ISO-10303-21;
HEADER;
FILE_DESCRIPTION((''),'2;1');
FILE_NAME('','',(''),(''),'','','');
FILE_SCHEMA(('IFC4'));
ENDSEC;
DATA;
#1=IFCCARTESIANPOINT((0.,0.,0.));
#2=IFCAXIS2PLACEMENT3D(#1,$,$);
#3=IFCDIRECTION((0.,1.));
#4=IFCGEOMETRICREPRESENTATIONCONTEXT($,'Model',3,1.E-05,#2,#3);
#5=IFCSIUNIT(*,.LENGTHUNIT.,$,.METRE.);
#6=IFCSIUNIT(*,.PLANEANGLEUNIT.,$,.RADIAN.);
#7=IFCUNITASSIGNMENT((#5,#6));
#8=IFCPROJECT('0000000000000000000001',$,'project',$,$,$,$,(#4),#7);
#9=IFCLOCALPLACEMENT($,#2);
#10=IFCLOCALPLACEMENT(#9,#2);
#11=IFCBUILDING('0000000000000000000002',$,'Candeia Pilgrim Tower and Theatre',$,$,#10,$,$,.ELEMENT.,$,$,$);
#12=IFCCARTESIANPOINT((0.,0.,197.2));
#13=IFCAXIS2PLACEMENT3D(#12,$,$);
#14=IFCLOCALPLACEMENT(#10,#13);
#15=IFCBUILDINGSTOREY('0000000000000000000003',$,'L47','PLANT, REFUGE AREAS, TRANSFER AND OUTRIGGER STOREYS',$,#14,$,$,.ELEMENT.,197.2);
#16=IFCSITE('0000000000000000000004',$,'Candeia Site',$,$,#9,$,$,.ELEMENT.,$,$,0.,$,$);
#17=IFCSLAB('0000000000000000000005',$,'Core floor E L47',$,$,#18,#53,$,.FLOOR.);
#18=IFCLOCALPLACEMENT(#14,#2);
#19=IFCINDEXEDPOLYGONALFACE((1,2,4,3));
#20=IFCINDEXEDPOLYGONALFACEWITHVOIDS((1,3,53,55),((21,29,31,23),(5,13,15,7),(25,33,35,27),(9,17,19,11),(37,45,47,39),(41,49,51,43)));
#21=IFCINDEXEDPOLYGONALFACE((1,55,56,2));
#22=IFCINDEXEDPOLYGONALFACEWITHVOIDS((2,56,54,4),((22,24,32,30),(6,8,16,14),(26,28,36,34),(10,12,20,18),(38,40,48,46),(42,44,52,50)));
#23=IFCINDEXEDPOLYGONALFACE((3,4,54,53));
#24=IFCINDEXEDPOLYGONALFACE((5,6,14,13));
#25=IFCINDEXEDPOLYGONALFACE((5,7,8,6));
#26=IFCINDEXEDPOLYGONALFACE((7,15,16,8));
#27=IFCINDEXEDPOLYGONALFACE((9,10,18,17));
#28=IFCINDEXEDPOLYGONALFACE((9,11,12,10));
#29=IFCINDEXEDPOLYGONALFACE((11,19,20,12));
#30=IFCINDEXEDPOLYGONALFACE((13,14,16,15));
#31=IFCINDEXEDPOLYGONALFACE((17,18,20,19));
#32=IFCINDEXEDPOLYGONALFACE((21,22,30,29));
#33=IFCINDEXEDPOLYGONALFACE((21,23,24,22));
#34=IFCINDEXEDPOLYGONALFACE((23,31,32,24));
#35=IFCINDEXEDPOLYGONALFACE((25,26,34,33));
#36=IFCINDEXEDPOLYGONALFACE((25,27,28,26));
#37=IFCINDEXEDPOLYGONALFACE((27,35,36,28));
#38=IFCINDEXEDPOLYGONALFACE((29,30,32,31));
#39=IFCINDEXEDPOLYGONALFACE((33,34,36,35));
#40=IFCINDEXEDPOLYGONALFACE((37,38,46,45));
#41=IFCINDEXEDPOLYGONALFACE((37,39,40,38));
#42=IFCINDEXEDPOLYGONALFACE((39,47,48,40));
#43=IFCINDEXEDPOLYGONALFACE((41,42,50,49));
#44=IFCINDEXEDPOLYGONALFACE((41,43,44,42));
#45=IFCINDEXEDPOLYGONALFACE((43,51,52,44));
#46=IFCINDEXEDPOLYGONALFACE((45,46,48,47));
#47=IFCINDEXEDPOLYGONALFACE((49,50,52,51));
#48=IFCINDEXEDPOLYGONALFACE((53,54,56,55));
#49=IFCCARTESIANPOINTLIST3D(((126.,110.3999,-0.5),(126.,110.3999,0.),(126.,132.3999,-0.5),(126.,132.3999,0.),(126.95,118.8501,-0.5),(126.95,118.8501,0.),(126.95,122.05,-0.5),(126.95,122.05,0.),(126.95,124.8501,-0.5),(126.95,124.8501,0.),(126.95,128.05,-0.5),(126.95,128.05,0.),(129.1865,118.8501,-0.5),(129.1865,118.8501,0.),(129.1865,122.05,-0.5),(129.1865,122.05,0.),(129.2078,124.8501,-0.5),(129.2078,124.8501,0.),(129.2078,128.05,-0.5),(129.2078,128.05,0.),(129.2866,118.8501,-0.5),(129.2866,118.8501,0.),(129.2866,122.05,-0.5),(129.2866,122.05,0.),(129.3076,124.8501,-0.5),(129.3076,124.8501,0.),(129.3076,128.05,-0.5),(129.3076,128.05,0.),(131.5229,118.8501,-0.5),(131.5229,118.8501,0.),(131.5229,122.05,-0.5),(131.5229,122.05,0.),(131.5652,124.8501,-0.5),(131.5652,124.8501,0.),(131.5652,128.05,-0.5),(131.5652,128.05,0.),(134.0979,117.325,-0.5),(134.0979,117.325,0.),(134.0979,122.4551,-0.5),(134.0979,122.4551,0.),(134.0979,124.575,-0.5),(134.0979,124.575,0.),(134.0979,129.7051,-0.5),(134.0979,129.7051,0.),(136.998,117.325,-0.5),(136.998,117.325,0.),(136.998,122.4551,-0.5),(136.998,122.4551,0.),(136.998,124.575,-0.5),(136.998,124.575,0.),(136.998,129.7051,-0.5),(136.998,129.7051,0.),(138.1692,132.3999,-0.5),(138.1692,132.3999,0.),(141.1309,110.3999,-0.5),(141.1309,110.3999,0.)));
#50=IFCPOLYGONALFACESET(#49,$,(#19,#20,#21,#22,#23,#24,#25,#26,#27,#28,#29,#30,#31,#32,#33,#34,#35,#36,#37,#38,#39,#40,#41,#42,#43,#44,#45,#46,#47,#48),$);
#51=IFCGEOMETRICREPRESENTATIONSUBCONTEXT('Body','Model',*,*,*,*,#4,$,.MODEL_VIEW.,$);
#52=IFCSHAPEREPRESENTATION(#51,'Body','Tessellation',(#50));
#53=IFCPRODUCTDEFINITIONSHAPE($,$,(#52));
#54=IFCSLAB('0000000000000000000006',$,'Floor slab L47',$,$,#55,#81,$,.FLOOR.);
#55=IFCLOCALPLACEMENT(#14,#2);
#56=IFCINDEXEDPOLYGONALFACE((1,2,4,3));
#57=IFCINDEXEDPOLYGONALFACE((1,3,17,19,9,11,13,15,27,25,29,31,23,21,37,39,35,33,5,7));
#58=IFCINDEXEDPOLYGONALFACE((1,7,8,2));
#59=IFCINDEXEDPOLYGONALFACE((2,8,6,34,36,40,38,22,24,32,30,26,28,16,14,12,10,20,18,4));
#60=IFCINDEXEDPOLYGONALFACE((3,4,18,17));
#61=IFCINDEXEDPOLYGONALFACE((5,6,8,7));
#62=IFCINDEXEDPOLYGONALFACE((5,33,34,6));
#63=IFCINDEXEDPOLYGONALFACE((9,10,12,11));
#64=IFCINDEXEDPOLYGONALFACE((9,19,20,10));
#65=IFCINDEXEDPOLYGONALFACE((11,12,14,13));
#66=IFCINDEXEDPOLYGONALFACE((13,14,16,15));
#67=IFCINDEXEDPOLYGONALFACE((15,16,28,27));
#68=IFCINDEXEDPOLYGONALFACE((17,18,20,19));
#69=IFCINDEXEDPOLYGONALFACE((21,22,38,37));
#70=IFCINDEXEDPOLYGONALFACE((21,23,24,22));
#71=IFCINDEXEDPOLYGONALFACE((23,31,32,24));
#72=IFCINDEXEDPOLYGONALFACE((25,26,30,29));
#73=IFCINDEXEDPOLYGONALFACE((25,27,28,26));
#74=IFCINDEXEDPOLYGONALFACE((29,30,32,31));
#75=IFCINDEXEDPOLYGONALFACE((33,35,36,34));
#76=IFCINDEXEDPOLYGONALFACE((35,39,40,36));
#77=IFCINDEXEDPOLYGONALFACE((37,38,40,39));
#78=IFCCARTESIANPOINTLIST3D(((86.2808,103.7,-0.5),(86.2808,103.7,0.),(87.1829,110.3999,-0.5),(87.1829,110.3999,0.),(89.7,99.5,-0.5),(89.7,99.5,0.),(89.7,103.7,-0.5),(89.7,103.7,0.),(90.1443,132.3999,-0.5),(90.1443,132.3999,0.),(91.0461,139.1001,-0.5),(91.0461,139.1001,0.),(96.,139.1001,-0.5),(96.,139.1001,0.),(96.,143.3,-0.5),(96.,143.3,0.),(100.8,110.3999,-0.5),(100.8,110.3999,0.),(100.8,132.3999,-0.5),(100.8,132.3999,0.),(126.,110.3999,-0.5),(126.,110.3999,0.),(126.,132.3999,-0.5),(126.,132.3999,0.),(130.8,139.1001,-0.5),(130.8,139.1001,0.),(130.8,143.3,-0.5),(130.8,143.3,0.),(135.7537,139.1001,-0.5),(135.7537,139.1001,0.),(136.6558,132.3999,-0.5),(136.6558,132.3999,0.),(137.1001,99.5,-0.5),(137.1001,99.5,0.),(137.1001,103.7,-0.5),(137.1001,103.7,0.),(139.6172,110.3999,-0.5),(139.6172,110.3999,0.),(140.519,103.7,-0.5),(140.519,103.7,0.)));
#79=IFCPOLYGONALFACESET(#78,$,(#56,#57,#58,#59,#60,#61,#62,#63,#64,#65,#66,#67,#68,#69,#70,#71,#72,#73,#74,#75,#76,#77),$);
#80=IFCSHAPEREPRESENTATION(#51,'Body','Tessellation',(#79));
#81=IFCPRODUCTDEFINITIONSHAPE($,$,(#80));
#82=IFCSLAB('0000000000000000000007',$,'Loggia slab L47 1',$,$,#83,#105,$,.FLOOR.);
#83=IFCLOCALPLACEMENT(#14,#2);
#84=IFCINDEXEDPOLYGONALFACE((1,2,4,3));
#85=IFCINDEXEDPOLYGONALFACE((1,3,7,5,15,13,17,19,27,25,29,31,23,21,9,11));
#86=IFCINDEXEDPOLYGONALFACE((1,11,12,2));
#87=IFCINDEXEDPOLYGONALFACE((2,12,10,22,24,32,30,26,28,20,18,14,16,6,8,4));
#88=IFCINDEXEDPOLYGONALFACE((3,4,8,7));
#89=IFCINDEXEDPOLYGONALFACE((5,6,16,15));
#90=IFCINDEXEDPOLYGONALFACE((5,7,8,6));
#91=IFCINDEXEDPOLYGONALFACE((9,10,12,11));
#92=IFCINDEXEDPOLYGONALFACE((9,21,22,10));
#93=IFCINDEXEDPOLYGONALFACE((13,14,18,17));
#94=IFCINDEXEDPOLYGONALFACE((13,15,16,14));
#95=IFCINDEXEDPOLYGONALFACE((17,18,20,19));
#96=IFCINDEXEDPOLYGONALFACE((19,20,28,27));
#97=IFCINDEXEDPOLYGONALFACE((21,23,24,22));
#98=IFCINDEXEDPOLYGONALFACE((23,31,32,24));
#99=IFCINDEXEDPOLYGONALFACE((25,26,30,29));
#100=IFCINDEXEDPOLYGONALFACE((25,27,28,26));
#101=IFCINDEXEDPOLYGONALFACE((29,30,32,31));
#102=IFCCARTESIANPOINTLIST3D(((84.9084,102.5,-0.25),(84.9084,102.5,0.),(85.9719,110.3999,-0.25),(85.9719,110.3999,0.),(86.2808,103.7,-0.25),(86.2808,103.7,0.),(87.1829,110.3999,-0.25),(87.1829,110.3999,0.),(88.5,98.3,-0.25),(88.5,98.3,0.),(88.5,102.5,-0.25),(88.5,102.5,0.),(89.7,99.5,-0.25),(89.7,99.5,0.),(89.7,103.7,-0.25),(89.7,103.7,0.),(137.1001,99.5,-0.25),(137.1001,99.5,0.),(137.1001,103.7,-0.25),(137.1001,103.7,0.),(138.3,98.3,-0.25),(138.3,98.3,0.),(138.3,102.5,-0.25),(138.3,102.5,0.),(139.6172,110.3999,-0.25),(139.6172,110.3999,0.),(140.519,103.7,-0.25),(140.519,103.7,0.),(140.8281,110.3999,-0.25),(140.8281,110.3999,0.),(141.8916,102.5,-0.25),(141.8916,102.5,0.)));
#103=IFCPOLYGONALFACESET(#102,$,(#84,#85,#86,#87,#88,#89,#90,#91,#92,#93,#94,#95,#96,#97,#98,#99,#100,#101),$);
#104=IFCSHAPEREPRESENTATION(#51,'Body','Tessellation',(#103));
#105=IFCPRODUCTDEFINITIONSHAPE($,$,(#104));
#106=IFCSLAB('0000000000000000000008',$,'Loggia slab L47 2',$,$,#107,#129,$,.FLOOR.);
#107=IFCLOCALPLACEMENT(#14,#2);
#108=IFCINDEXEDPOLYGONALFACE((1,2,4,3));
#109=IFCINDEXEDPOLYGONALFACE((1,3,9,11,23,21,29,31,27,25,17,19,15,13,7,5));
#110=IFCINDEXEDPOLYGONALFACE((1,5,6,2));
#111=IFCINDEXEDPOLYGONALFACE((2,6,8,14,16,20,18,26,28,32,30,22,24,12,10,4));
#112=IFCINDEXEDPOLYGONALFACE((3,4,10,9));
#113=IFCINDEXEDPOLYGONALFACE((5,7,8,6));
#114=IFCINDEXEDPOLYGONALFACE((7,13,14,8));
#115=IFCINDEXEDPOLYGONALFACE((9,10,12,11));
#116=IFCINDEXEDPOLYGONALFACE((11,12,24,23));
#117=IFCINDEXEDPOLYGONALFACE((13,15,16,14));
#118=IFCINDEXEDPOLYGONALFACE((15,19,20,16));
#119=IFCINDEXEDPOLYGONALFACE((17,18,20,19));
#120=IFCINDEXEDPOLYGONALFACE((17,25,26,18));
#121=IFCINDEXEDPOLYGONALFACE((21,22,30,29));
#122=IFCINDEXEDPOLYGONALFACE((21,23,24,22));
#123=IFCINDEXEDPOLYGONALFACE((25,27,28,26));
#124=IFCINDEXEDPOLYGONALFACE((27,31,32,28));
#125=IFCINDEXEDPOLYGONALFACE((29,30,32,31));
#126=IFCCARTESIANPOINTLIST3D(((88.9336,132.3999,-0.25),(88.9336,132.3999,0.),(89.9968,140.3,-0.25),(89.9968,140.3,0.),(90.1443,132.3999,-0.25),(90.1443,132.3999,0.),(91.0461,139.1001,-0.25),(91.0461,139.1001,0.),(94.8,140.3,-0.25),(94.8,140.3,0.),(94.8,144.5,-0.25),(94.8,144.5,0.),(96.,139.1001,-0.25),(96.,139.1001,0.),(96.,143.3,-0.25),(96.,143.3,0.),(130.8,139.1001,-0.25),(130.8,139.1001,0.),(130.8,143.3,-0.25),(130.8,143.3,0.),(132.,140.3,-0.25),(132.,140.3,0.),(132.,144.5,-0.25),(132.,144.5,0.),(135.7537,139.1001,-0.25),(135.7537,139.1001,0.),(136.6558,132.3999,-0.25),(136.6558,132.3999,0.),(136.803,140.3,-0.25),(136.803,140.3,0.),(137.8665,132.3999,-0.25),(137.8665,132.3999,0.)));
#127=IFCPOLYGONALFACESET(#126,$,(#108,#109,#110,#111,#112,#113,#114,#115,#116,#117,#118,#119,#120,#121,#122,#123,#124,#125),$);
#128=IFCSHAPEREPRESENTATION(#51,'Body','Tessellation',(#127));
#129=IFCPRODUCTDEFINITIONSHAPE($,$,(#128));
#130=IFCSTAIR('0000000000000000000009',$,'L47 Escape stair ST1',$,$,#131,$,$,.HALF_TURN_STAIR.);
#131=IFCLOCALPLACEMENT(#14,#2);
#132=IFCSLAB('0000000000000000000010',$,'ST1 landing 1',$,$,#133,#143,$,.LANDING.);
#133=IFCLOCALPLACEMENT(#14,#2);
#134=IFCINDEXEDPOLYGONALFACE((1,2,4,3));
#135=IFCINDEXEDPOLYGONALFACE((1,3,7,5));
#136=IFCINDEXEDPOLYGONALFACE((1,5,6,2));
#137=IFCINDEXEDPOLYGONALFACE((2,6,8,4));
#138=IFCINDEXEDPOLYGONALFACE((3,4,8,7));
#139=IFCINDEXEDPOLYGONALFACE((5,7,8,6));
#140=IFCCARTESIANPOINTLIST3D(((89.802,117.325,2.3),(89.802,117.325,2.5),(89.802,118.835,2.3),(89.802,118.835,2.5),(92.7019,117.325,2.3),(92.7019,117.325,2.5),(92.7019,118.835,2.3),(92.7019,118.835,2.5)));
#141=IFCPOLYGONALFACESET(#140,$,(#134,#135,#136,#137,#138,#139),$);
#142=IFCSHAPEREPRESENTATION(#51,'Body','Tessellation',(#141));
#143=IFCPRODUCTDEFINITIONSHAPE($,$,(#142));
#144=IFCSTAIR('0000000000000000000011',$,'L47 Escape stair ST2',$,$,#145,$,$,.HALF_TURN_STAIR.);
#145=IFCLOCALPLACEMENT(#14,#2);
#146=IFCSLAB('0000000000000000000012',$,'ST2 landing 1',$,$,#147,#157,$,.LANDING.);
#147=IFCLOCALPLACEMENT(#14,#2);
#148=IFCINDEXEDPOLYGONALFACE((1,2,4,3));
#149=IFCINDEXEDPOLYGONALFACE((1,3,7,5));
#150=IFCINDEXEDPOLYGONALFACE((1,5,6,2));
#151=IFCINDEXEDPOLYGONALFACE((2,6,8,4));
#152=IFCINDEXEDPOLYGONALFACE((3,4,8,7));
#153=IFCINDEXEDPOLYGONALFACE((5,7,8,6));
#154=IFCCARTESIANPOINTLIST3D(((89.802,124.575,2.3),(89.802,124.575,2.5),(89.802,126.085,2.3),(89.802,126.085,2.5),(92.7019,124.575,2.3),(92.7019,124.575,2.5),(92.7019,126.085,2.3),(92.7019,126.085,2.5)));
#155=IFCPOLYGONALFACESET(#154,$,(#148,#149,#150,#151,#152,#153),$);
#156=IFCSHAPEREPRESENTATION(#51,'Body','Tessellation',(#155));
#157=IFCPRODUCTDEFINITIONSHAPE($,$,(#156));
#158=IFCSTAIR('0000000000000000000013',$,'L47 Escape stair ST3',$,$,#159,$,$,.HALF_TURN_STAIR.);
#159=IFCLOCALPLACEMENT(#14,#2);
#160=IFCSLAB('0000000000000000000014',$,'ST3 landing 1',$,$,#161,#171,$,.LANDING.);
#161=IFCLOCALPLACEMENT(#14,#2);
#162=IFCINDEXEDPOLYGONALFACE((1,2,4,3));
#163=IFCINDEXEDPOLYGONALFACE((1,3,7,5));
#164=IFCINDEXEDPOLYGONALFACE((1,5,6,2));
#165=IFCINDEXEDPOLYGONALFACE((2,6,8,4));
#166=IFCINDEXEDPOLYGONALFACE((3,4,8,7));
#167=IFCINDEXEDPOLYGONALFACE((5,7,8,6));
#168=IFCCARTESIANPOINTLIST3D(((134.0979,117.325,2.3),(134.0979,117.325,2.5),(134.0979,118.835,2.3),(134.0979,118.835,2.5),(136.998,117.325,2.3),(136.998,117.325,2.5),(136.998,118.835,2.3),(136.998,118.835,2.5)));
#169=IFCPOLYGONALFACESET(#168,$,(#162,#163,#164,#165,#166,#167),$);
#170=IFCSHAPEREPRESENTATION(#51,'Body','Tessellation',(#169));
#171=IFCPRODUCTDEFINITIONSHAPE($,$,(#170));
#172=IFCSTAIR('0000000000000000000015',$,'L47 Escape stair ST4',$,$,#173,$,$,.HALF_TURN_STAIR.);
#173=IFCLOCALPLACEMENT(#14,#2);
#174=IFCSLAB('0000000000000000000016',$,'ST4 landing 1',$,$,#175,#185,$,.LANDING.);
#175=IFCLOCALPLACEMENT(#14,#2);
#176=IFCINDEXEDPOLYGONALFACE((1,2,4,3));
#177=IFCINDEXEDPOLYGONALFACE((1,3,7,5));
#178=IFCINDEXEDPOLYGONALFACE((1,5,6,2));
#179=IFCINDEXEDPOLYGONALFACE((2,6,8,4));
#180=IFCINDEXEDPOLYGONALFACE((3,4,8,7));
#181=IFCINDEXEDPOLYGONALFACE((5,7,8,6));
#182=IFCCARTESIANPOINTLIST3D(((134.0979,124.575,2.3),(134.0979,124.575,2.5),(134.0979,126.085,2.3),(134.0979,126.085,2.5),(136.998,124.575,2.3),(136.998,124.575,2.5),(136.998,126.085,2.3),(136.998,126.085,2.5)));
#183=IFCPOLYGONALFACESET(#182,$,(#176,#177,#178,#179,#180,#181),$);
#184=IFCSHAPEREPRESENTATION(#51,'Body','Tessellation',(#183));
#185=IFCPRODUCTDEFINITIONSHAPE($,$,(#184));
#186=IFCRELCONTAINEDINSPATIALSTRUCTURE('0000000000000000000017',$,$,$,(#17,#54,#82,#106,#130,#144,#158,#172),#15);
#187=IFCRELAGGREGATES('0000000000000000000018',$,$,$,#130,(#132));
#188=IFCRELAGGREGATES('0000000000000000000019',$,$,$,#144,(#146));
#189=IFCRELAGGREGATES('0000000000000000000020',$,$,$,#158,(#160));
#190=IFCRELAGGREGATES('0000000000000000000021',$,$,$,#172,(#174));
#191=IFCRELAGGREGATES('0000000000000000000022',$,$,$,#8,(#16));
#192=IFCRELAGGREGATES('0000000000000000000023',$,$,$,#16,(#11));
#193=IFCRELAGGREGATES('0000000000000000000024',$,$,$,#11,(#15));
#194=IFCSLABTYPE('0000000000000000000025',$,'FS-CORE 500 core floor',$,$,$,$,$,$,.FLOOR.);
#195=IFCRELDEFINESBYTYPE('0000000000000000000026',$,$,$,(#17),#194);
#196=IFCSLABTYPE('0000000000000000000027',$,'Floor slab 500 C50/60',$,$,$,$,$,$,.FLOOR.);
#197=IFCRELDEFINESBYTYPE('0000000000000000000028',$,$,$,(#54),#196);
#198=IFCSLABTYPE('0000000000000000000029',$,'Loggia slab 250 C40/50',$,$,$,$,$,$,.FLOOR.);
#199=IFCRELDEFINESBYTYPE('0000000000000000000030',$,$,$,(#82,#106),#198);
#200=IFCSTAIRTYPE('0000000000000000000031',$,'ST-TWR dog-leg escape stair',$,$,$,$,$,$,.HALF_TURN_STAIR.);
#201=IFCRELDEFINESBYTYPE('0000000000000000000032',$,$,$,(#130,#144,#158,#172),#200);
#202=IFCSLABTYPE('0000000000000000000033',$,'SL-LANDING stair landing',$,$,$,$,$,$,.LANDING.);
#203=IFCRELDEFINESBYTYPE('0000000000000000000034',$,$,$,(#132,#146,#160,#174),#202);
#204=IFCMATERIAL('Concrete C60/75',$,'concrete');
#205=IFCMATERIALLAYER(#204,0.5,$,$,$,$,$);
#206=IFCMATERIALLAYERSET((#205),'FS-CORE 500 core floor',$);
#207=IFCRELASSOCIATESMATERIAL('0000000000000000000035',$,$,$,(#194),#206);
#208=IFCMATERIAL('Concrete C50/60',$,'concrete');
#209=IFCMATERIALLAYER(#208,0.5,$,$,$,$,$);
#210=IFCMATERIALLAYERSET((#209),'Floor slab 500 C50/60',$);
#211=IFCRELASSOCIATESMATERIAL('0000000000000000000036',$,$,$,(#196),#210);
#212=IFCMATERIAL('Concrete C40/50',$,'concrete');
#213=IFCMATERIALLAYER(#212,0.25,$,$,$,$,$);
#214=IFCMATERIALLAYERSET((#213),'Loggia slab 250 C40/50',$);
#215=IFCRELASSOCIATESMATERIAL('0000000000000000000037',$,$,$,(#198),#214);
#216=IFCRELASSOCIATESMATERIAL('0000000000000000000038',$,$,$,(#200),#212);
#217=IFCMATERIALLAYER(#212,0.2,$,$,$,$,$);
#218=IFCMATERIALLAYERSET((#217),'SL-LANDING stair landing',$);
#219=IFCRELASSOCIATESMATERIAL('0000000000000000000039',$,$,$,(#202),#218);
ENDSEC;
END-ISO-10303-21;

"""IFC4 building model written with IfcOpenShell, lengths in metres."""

from ifc_helpers import new_model, si_unit, direction, frame, origin, place, context, subcontext, project, spatial, polyline, outline, extrude, material, layer, layer_set, type_object, element, aggregate, save


model = new_model("IFC4")

# Units and contexts
model_context = context("Model", 3, precision=1e-05, world=origin(), true_north=direction((0.0, 1.0)))
body_context = subcontext(model_context, "Body", "Model", "MODEL_VIEW")
ifc_project = project(units=[si_unit("LENGTHUNIT", "METRE"), si_unit("PLANEANGLEUNIT", "RADIAN")], contexts=[model_context])

# Site, building, storey
site_placement = place(None, origin())
site = spatial("IfcSite", under=ifc_project, at=site_placement, Name="Candeia Site", CompositionType="ELEMENT", RefElevation=0.0)
building_placement = place(site_placement, origin())
building = spatial("IfcBuilding", under=site, at=building_placement, Name="Candeia Pilgrim Tower and Theatre", CompositionType="ELEMENT")
storey_placement = place(building_placement, frame((0.0, 0.0, 197.2)))
storey = spatial("IfcBuildingStorey", under=building, at=storey_placement, Name="L47", Description="PLANT, REFUGE AREAS, TRANSFER AND OUTRIGGER STOREYS", CompositionType="ELEMENT", Elevation=197.2)

# Shared definitions
ifc_material_1 = material(Name="Concrete C60/75", Category="concrete")

# Slabs
ifc_layer_1 = layer(ifc_material_1, 0.5)
ifc_layer_set_1 = layer_set([ifc_layer_1], Name="FS-CORE 500 core floor")
slab_type_1 = type_object("IfcSlabType", Name="FS-CORE 500 core floor", PredefinedType="FLOOR", material=ifc_layer_set_1)
slab_1_placement = place(storey_placement, frame((0.0, 0.0, -0.5)))
element("IfcSlab", 1, at=slab_1_placement, inside=storey, type_object=slab_type_1, Name="Core floor E L47", PredefinedType="FLOOR", context=body_context, shape_type="SweptSolid", body=[
    extrude(outline(polyline([(138.1692, 132.3999), (141.1309, 110.3999), (126.0, 110.3999), (126.0, 132.3999), (138.1692, 132.3999)]), holes=[polyline([(134.0979, 117.325), (136.998, 117.325), (136.998, 122.4551), (134.0979, 122.4551), (134.0979, 117.325)]), polyline([(134.0979, 129.7051), (134.0979, 124.575), (136.998, 124.575), (136.998, 129.7051), (134.0979, 129.7051)]), polyline([(131.5652, 128.05), (129.3076, 128.05), (129.3076, 124.8501), (131.5652, 124.8501), (131.5652, 128.05)]), polyline([(131.5229, 122.05), (129.2866, 122.05), (129.2866, 118.8501), (131.5229, 118.8501), (131.5229, 122.05)]), polyline([(126.95, 128.05), (126.95, 124.8501), (129.2078, 124.8501), (129.2078, 128.05), (126.95, 128.05)]), polyline([(129.1865, 122.05), (126.95, 122.05), (126.95, 118.8501), (129.1865, 118.8501), (129.1865, 122.05)])]), origin(), (0.0, 0.0, 1.0), 0.5),
])
ifc_material_2 = material(Name="Concrete C50/60", Category="concrete")
ifc_layer_2 = layer(ifc_material_2, 0.5)
ifc_layer_set_2 = layer_set([ifc_layer_2], Name="Floor slab 500 C50/60")
slab_type_2 = type_object("IfcSlabType", Name="Floor slab 500 C50/60", PredefinedType="FLOOR", material=ifc_layer_set_2)
slab_2_placement = place(storey_placement, frame((0.0, 0.0, -0.5)))
element("IfcSlab", 2, at=slab_2_placement, inside=storey, type_object=slab_type_2, Name="Floor slab L47", PredefinedType="FLOOR", context=body_context, shape_type="SweptSolid", body=[
    extrude(outline(polyline([(96.0, 139.1001), (96.0, 143.3), (130.8, 143.3), (130.8, 139.1001), (135.7537, 139.1001), (136.6558, 132.3999), (126.0, 132.3999), (126.0, 110.3999), (139.6172, 110.3999), (140.519, 103.7), (137.1001, 103.7), (137.1001, 99.5), (89.7, 99.5), (89.7, 103.7), (86.2808, 103.7), (87.1829, 110.3999), (100.8, 110.3999), (100.8, 132.3999), (90.1443, 132.3999), (91.0461, 139.1001), (96.0, 139.1001)])), origin(), (0.0, 0.0, 1.0), 0.5),
])
ifc_material_3 = material(Name="Concrete C40/50", Category="concrete")
ifc_layer_3 = layer(ifc_material_3, 0.25)
ifc_layer_set_3 = layer_set([ifc_layer_3], Name="Loggia slab 250 C40/50")
slab_type_3 = type_object("IfcSlabType", Name="Loggia slab 250 C40/50", PredefinedType="FLOOR", material=ifc_layer_set_3)
slab_3_placement = place(storey_placement, frame((0.0, 0.0, -0.25)))
element("IfcSlab", 3, at=slab_3_placement, inside=storey, type_object=slab_type_3, Name="Loggia slab L47 1", PredefinedType="FLOOR", context=body_context, shape_type="SweptSolid", body=[
    extrude(outline(polyline([(87.1829, 110.3999), (86.2808, 103.7), (89.7, 103.7), (89.7, 99.5), (137.1001, 99.5), (137.1001, 103.7), (140.519, 103.7), (139.6172, 110.3999), (140.8281, 110.3999), (141.8916, 102.5), (138.3, 102.5), (138.3, 98.3), (88.5, 98.3), (88.5, 102.5), (84.9084, 102.5), (85.9719, 110.3999), (87.1829, 110.3999)])), origin(), (0.0, 0.0, 1.0), 0.25),
])
slab_4_placement = place(storey_placement, frame((0.0, 0.0, -0.25)))
element("IfcSlab", 4, at=slab_4_placement, inside=storey, type_object=slab_type_3, Name="Loggia slab L47 2", PredefinedType="FLOOR", context=body_context, shape_type="SweptSolid", body=[
    extrude(outline(polyline([(136.6558, 132.3999), (135.7537, 139.1001), (130.8, 139.1001), (130.8, 143.3), (96.0, 143.3), (96.0, 139.1001), (91.0461, 139.1001), (90.1443, 132.3999), (88.9336, 132.3999), (89.9968, 140.3), (94.8, 140.3), (94.8, 144.5), (132.0, 144.5), (132.0, 140.3), (136.803, 140.3), (137.8665, 132.3999), (136.6558, 132.3999)])), origin(), (0.0, 0.0, 1.0), 0.25),
])

# Stairs, slabs
stair_type = type_object("IfcStairType", Name="ST-TWR dog-leg escape stair", PredefinedType="HALF_TURN_STAIR", material=ifc_material_3)
stair_1_placement = place(storey_placement, origin())
stair_1 = element("IfcStair", 5, at=stair_1_placement, inside=storey, type_object=stair_type, Name="L47 Escape stair ST1", PredefinedType="HALF_TURN_STAIR")
ifc_layer_4 = layer(ifc_material_3, 0.2)
ifc_layer_set_4 = layer_set([ifc_layer_4], Name="SL-LANDING stair landing")
slab_type_4 = type_object("IfcSlabType", Name="SL-LANDING stair landing", PredefinedType="LANDING", material=ifc_layer_set_4)
slab_5_placement = place(storey_placement, frame((0.0, 0.0, 2.3)))
slab_5 = element("IfcSlab", 6, at=slab_5_placement, type_object=slab_type_4, Name="ST1 landing 1", PredefinedType="LANDING", context=body_context, shape_type="SweptSolid", body=[
    extrude(outline(polyline([(89.802, 118.835), (89.802, 117.325), (92.7019, 117.325), (92.7019, 118.835), (89.802, 118.835)])), origin(), (0.0, 0.0, 1.0), 0.2),
])
aggregate(stair_1, [slab_5])
stair_2_placement = place(storey_placement, origin())
stair_2 = element("IfcStair", 7, at=stair_2_placement, inside=storey, type_object=stair_type, Name="L47 Escape stair ST2", PredefinedType="HALF_TURN_STAIR")
slab_6_placement = place(storey_placement, frame((0.0, 0.0, 2.3)))
slab_6 = element("IfcSlab", 8, at=slab_6_placement, type_object=slab_type_4, Name="ST2 landing 1", PredefinedType="LANDING", context=body_context, shape_type="SweptSolid", body=[
    extrude(outline(polyline([(89.802, 126.085), (89.802, 124.575), (92.7019, 124.575), (92.7019, 126.085), (89.802, 126.085)])), origin(), (0.0, 0.0, 1.0), 0.2),
])
aggregate(stair_2, [slab_6])
stair_3_placement = place(storey_placement, origin())
stair_3 = element("IfcStair", 9, at=stair_3_placement, inside=storey, type_object=stair_type, Name="L47 Escape stair ST3", PredefinedType="HALF_TURN_STAIR")
slab_7_placement = place(storey_placement, frame((0.0, 0.0, 2.3)))
slab_7 = element("IfcSlab", 10, at=slab_7_placement, type_object=slab_type_4, Name="ST3 landing 1", PredefinedType="LANDING", context=body_context, shape_type="SweptSolid", body=[
    extrude(outline(polyline([(134.0979, 118.835), (134.0979, 117.325), (136.998, 117.325), (136.998, 118.835), (134.0979, 118.835)])), origin(), (0.0, 0.0, 1.0), 0.2),
])
aggregate(stair_3, [slab_7])
stair_4_placement = place(storey_placement, origin())
stair_4 = element("IfcStair", 11, at=stair_4_placement, inside=storey, type_object=stair_type, Name="L47 Escape stair ST4", PredefinedType="HALF_TURN_STAIR")
slab_8_placement = place(storey_placement, frame((0.0, 0.0, 2.3)))
slab_8 = element("IfcSlab", 12, at=slab_8_placement, type_object=slab_type_4, Name="ST4 landing 1", PredefinedType="LANDING", context=body_context, shape_type="SweptSolid", body=[
    extrude(outline(polyline([(134.0979, 126.085), (134.0979, 124.575), (136.998, 124.575), (136.998, 126.085), (134.0979, 126.085)])), origin(), (0.0, 0.0, 1.0), 0.2),
])
aggregate(stair_4, [slab_8])

save(model, "model.ifc")
